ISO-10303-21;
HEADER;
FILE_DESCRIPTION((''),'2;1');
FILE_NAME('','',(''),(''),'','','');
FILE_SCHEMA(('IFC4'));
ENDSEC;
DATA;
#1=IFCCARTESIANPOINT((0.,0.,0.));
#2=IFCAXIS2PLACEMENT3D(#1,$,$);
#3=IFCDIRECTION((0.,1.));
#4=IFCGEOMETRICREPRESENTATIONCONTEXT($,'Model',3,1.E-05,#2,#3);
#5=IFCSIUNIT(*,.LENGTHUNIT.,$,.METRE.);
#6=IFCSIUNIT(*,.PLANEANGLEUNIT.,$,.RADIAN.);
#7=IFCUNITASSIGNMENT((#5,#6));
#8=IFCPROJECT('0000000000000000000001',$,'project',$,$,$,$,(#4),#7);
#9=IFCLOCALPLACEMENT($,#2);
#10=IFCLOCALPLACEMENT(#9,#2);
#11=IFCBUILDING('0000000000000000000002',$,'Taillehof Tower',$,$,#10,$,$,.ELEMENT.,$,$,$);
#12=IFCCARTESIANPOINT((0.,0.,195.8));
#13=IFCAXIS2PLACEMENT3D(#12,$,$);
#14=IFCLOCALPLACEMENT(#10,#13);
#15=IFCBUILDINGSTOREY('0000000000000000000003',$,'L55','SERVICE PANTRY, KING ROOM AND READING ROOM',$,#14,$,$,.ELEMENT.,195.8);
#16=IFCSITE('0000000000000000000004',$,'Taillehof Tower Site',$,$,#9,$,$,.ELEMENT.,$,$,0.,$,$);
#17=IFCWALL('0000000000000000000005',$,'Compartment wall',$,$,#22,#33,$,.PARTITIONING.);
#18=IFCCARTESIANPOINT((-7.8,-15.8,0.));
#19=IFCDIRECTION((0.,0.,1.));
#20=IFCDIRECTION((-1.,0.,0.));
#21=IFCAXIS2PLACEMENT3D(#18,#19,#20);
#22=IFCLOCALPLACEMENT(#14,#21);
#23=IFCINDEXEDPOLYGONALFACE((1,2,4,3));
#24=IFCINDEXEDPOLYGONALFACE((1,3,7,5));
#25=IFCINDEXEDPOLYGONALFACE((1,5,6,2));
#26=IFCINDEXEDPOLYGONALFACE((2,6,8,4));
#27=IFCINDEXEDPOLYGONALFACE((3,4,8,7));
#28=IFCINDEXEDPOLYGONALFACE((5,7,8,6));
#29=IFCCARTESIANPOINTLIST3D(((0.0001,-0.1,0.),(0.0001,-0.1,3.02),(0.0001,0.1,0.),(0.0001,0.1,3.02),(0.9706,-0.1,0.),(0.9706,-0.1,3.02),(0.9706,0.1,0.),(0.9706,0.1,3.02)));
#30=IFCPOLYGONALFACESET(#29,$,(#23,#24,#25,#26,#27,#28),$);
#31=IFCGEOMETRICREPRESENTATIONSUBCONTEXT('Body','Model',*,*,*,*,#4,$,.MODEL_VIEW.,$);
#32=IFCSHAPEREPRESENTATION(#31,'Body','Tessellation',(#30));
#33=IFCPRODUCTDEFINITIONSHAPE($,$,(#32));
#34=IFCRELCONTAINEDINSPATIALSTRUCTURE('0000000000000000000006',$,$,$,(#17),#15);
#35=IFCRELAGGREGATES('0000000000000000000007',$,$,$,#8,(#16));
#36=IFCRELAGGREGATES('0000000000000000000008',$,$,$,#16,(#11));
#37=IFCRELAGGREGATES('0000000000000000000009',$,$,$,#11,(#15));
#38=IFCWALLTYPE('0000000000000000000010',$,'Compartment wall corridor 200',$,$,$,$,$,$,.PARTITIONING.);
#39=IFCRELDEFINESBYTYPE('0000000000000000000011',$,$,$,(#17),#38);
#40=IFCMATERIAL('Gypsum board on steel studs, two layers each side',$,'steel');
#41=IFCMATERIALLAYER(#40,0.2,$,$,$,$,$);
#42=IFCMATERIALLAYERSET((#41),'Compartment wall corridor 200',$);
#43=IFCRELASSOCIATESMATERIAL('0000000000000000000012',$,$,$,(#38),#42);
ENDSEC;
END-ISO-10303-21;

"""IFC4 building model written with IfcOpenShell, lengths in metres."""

from ifc_helpers import new_model, si_unit, direction, frame, frame_2d, origin, place, context, subcontext, project, spatial, rectangle, extrude, material, layer, layer_set, type_object, element, save


model = new_model("IFC4")

# Units and contexts
model_context = context("Model", 3, precision=1e-05, world=origin(), true_north=direction((0.0, 1.0)))
body_context = subcontext(model_context, "Body", "Model", "MODEL_VIEW")
ifc_project = project(units=[si_unit("LENGTHUNIT", "METRE"), si_unit("PLANEANGLEUNIT", "RADIAN")], contexts=[model_context])

# Site, building, storey
site_placement = place(None, origin())
site = spatial("IfcSite", under=ifc_project, at=site_placement, Name="Taillehof Tower Site", CompositionType="ELEMENT", RefElevation=0.0)
building_placement = place(site_placement, origin())
building = spatial("IfcBuilding", under=site, at=building_placement, Name="Taillehof Tower", CompositionType="ELEMENT")
storey_placement = place(building_placement, frame((0.0, 0.0, 195.8)))
storey = spatial("IfcBuildingStorey", under=building, at=storey_placement, Name="L55", Description="SERVICE PANTRY, KING ROOM AND READING ROOM", CompositionType="ELEMENT", Elevation=195.8)

# Wall
ifc_material_1 = material(Name="Gypsum board on steel studs, two layers each side", Category="steel")
ifc_layer_1 = layer(ifc_material_1, 0.2)
ifc_layer_set_1 = layer_set([ifc_layer_1], Name="Compartment wall corridor 200")
wall_type_1 = type_object("IfcWallType", Name="Compartment wall corridor 200", PredefinedType="PARTITIONING", material=ifc_layer_set_1)
wall_1_placement = place(storey_placement, frame((-7.8, -15.8, 0.0), z_axis=(0.0, 0.0, 1.0), x_axis=(-1.0, 0.0, 0.0)))
element("IfcWall", 1, at=wall_1_placement, inside=storey, type_object=wall_type_1, Name="Compartment wall", PredefinedType="PARTITIONING", context=body_context, shape_type="SweptSolid", body=[
    extrude(rectangle(XDim=0.9705, YDim=0.2, at=frame_2d((0.4854, 0.0))), origin(), (0.0, 0.0, 1.0), 3.02),
])

save(model, "model.ifc")
